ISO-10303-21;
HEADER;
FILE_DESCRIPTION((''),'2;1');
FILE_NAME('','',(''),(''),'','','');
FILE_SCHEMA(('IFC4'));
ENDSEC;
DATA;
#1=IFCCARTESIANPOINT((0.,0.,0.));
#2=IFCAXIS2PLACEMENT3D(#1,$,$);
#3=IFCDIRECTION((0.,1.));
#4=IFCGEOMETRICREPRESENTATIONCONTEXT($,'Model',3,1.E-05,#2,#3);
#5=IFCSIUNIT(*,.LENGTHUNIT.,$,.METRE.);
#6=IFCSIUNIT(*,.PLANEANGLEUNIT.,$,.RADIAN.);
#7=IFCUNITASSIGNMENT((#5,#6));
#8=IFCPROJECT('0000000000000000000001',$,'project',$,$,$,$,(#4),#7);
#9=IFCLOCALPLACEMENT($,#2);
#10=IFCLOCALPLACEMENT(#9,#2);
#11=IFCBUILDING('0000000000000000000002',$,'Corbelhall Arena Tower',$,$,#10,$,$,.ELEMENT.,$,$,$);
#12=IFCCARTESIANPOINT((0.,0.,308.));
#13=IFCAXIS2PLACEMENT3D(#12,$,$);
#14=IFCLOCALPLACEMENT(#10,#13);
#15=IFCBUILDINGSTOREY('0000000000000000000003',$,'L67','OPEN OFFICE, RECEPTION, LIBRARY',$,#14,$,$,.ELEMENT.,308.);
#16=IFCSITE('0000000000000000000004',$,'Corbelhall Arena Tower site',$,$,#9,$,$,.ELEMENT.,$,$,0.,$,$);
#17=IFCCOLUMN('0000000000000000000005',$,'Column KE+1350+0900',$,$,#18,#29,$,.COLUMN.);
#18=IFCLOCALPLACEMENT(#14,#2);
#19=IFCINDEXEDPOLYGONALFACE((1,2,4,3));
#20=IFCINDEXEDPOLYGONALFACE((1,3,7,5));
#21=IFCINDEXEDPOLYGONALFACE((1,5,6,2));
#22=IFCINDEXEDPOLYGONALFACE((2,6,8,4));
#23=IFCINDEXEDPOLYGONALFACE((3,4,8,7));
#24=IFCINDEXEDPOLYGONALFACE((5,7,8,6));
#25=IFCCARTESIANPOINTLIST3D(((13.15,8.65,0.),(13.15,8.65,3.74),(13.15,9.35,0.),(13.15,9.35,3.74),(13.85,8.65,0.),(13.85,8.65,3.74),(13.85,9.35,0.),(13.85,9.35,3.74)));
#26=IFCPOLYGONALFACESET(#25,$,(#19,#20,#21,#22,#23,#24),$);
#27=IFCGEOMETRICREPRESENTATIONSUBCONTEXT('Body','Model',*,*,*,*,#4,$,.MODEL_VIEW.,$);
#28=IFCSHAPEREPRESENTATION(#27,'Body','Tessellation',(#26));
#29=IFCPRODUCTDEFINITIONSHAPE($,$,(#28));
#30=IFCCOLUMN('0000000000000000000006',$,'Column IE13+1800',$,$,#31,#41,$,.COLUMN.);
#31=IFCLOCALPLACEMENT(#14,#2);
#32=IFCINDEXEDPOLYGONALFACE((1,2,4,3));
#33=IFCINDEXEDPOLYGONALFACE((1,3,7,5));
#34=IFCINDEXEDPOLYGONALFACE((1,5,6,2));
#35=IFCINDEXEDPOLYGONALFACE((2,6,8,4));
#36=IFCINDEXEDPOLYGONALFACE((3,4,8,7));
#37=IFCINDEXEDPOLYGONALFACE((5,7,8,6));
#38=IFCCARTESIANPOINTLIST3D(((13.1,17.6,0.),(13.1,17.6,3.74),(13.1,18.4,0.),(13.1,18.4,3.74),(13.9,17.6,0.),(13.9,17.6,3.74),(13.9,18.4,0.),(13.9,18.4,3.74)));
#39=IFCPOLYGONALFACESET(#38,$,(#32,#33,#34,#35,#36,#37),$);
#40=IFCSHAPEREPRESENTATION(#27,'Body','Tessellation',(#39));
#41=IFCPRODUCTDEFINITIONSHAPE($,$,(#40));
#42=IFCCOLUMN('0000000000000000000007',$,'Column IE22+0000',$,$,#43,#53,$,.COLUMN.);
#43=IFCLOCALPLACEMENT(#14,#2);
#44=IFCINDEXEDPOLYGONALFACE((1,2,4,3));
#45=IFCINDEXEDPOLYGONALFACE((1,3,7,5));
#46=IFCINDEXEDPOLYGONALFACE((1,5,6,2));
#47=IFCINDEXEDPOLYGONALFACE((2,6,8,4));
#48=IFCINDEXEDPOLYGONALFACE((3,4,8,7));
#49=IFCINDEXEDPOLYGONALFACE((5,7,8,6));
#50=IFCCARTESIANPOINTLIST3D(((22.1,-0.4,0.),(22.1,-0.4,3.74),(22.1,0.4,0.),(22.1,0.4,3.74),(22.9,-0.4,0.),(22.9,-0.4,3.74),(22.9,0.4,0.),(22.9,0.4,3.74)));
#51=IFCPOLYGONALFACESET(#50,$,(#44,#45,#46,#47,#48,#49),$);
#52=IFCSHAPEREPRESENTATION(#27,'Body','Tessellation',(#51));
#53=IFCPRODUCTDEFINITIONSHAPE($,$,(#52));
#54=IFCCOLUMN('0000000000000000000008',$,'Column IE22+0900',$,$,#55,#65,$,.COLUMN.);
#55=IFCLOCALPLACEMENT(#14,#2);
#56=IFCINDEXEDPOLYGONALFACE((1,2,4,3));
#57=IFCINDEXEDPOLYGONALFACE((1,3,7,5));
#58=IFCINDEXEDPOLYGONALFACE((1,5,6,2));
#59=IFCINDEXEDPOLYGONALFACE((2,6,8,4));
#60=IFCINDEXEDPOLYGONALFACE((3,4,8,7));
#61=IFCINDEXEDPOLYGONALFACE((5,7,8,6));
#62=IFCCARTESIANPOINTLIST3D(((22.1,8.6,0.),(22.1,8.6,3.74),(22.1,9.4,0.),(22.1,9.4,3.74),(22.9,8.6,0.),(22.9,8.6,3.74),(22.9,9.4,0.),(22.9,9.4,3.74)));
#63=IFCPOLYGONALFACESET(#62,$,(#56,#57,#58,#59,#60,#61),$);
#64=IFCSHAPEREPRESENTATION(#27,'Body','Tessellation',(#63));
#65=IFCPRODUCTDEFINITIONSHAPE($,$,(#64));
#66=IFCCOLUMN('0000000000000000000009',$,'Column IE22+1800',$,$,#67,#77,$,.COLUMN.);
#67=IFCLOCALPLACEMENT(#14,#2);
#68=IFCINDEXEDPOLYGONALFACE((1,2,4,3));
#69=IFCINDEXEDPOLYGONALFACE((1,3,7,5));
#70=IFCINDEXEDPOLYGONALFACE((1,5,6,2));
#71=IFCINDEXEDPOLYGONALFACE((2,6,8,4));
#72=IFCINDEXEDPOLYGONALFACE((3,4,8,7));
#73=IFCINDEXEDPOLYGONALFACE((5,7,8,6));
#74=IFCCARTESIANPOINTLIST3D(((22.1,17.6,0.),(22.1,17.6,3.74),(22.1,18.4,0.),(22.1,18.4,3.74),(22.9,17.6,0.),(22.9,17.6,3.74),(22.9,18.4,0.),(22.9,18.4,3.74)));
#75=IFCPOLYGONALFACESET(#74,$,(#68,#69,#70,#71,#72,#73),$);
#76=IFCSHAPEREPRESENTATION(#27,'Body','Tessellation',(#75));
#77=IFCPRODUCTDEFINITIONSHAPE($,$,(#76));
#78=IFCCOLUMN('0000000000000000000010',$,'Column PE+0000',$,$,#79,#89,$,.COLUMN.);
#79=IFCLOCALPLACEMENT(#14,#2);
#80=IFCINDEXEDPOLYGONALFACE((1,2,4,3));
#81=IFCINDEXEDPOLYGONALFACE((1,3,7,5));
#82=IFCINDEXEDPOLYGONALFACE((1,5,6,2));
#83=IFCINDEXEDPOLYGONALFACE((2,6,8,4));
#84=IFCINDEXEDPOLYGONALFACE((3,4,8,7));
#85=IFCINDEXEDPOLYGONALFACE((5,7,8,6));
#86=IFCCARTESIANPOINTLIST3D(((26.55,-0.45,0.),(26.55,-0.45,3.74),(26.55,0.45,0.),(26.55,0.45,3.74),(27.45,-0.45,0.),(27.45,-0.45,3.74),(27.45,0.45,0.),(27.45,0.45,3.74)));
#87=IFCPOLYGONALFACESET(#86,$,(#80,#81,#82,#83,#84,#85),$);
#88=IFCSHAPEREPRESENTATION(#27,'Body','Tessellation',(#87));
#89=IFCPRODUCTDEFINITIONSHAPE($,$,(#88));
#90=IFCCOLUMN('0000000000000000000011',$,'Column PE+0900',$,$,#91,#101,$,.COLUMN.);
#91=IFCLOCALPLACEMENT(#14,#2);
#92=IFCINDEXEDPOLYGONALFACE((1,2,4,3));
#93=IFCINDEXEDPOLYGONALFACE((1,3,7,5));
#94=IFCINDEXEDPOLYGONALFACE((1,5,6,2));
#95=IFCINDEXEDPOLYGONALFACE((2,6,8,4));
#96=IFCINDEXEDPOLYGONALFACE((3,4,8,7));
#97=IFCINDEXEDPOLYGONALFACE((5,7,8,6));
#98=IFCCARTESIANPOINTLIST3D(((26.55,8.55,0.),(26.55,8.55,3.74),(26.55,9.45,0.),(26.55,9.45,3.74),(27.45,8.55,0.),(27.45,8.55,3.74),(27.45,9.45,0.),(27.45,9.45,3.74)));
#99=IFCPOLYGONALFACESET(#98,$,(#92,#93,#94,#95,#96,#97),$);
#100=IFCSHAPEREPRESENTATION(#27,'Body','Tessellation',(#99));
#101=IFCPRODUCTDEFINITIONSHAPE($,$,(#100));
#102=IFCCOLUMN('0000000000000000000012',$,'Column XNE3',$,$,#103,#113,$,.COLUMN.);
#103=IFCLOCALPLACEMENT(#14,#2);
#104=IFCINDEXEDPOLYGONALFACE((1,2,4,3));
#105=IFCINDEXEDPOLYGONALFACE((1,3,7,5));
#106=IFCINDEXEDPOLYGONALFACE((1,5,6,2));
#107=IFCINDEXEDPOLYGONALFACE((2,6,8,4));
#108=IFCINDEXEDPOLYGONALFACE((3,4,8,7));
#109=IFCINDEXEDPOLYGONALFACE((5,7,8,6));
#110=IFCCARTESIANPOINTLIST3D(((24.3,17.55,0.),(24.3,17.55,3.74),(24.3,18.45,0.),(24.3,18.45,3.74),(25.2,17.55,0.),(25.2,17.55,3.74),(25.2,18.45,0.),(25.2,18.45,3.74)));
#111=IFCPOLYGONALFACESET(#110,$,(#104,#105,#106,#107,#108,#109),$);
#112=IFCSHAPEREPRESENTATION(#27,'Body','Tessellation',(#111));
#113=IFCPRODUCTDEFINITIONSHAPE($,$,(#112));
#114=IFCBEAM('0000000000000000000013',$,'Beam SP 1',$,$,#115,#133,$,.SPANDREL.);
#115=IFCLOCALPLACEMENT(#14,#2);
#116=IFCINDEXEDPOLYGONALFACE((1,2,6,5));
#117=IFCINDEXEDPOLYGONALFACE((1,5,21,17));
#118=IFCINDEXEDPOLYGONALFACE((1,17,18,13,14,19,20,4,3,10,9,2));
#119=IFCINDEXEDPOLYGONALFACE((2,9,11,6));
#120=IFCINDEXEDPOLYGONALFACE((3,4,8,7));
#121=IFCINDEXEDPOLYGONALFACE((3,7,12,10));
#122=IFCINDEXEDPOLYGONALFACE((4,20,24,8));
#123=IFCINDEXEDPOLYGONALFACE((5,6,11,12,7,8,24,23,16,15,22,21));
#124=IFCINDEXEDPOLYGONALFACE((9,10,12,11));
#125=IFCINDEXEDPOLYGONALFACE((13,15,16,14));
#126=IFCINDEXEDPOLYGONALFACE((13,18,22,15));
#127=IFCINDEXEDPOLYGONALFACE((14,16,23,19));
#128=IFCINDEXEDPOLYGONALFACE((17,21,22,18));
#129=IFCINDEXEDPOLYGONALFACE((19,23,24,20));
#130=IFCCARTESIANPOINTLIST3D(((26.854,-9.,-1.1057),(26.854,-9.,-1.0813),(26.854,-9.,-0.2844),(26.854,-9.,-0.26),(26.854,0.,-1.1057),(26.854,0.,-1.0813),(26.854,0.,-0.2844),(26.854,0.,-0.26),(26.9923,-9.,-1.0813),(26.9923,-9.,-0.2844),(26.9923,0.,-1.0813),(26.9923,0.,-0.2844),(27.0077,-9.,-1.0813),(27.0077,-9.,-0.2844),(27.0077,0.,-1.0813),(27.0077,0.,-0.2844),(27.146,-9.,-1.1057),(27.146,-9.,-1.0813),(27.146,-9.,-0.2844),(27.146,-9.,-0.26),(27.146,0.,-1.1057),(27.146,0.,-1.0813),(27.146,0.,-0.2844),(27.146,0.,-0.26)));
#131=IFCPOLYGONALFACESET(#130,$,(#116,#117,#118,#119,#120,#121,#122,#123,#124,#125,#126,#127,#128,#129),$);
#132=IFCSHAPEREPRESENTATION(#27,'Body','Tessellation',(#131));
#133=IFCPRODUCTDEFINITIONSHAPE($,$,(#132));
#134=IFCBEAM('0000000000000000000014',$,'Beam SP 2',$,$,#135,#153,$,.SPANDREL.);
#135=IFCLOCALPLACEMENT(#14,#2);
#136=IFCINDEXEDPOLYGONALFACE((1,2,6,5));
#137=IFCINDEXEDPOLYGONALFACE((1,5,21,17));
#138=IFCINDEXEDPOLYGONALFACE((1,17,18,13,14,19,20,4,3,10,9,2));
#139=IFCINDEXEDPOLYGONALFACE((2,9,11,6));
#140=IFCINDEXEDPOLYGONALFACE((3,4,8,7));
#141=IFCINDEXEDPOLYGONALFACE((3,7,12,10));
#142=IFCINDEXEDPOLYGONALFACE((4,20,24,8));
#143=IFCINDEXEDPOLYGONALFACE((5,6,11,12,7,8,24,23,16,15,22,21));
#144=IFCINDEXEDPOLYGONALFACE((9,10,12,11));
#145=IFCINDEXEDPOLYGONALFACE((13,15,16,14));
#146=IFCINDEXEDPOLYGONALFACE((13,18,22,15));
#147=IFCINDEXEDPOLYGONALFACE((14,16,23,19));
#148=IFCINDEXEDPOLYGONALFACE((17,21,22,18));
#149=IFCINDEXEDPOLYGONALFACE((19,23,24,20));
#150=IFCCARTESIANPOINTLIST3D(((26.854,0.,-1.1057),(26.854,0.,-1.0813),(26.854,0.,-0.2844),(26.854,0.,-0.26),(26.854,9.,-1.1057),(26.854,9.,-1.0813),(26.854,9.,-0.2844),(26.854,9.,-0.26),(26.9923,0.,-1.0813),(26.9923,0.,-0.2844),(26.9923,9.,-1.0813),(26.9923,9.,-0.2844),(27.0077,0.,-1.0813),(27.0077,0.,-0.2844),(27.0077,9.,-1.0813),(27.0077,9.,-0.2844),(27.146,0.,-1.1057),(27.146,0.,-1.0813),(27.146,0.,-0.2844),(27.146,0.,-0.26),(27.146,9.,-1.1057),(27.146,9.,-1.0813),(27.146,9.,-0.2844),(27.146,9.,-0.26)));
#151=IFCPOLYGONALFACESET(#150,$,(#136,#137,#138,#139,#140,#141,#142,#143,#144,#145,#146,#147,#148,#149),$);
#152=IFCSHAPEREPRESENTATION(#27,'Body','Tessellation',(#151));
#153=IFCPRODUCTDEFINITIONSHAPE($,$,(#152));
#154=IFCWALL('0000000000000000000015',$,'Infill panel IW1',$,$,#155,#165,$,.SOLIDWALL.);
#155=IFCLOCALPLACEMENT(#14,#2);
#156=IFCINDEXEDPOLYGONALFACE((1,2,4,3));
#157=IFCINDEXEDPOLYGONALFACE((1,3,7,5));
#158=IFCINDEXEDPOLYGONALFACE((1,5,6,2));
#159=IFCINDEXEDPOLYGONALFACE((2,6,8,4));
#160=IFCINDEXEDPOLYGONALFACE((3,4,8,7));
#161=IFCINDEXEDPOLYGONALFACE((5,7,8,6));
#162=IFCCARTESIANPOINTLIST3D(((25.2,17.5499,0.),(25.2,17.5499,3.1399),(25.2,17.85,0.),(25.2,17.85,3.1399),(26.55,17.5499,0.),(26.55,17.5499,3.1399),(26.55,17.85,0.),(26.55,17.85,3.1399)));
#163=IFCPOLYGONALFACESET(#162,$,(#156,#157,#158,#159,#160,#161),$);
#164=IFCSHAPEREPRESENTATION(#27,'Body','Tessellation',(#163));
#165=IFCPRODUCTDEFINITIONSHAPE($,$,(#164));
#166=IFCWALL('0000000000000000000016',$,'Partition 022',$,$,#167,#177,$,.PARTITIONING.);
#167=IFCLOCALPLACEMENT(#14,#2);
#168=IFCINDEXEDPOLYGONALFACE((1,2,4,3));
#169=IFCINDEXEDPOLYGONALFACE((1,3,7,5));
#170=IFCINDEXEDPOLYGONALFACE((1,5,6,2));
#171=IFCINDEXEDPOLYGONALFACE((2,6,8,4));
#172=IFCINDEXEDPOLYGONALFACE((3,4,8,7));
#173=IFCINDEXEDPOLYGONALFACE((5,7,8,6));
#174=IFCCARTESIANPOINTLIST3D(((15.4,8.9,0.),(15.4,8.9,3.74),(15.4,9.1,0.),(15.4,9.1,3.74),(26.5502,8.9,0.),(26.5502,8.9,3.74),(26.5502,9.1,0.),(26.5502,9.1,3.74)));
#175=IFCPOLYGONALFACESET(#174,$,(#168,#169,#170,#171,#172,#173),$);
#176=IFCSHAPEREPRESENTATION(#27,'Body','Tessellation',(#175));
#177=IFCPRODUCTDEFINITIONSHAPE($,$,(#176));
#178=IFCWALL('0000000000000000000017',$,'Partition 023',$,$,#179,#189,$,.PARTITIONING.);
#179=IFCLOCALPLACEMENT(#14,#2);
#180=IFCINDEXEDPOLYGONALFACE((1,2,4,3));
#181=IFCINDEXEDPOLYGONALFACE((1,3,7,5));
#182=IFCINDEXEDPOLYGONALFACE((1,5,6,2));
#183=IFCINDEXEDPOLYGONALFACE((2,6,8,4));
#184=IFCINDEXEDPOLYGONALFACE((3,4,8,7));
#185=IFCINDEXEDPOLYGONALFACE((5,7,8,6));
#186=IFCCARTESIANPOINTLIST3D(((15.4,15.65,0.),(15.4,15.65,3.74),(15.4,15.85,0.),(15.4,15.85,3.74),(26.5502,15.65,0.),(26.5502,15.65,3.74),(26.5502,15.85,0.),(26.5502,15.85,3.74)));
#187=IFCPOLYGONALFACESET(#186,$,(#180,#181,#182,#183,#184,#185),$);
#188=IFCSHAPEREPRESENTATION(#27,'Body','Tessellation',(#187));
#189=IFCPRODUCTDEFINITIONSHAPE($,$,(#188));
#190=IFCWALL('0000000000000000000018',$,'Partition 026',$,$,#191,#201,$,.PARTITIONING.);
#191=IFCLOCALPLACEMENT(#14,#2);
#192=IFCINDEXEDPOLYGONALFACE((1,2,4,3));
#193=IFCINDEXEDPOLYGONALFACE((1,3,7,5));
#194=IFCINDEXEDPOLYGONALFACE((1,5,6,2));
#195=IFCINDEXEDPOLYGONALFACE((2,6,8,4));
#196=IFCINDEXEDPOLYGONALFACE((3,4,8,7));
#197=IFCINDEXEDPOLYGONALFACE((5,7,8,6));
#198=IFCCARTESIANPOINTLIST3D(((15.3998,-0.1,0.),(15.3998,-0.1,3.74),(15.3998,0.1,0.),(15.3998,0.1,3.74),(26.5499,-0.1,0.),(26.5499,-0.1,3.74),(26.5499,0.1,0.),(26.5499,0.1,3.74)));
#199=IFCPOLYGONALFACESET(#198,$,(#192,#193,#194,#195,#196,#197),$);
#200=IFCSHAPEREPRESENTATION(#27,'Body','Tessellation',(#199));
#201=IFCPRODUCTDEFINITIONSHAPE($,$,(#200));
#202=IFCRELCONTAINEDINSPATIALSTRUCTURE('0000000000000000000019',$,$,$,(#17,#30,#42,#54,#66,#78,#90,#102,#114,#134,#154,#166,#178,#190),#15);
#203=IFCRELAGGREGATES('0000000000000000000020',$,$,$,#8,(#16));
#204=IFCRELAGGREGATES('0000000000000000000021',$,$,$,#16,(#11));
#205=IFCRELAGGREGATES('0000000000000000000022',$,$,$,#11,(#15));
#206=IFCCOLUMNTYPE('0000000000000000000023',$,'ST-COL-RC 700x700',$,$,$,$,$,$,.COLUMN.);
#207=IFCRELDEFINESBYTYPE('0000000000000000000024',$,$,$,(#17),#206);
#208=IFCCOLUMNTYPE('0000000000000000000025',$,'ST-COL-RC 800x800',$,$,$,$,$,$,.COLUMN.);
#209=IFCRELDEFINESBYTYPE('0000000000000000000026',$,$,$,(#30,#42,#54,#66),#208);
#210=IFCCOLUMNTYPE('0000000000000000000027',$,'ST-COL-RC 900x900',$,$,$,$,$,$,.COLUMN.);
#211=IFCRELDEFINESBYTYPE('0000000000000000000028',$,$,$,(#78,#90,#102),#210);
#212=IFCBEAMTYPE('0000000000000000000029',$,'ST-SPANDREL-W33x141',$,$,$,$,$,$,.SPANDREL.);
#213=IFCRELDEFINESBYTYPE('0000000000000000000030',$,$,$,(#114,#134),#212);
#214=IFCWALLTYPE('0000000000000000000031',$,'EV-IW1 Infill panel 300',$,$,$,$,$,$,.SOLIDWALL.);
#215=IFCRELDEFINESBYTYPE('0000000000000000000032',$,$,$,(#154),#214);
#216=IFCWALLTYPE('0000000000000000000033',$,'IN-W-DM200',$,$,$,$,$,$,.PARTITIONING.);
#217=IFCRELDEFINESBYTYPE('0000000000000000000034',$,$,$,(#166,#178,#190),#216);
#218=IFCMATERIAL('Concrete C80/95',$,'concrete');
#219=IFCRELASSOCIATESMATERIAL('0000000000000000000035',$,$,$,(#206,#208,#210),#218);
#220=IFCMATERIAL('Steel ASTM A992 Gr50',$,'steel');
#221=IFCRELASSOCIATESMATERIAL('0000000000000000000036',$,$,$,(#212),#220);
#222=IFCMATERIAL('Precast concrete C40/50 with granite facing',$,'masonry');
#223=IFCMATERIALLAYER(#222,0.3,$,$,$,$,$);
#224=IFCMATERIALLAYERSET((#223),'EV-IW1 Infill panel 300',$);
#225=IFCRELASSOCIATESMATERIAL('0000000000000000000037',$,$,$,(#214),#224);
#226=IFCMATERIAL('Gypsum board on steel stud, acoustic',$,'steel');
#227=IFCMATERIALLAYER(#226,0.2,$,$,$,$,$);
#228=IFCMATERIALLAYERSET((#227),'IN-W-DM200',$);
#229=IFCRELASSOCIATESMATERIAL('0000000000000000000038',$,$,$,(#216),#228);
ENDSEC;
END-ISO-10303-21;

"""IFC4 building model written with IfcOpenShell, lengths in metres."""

from ifc_helpers import new_model, si_unit, direction, frame, frame_2d, origin, origin_2d, place, context, subcontext, project, spatial, rectangle, i_section, extrude, material, layer, layer_set, material_profile, profile_set, type_object, element, save


model = new_model("IFC4")

# Units and contexts
model_context = context("Model", 3, precision=1e-05, world=origin(), true_north=direction((0.0, 1.0)))
body_context = subcontext(model_context, "Body", "Model", "MODEL_VIEW")
ifc_project = project(units=[si_unit("LENGTHUNIT", "METRE"), si_unit("PLANEANGLEUNIT", "RADIAN")], contexts=[model_context])

# Site, building, storey
site_placement = place(None, origin())
site = spatial("IfcSite", under=ifc_project, at=site_placement, Name="Corbelhall Arena Tower site", CompositionType="ELEMENT", RefElevation=0.0)
building_placement = place(site_placement, origin())
building = spatial("IfcBuilding", under=site, at=building_placement, Name="Corbelhall Arena Tower", CompositionType="ELEMENT")
storey_placement = place(building_placement, frame((0.0, 0.0, 308.0)))
storey = spatial("IfcBuildingStorey", under=building, at=storey_placement, Name="L67", Description="OPEN OFFICE, RECEPTION, LIBRARY", CompositionType="ELEMENT", Elevation=308.0)

# Columns
ifc_material_1 = material(Name="Concrete C80/95", Category="concrete")
ifc_material_profile_1 = material_profile(ifc_material_1, rectangle(XDim=0.7, YDim=0.7, at=origin_2d()))
ifc_profile_set_1 = profile_set([ifc_material_profile_1], Name="Concrete C80/95")
column_type_1 = type_object("IfcColumnType", Name="ST-COL-RC 700x700", PredefinedType="COLUMN", material=ifc_profile_set_1)
column_placement = place(storey_placement, frame((13.5, 9.0, 0.0), z_axis=(0.0, 0.0, 1.0), x_axis=(1.0, 0.0, 0.0)))
element("IfcColumn", 1, at=column_placement, inside=storey, type_object=column_type_1, Name="Column KE+1350+0900", PredefinedType="COLUMN", context=body_context, shape_type="SweptSolid", body=[
    extrude(rectangle(XDim=0.7, YDim=0.7, at=origin_2d()), origin(), (0.0, 0.0, 1.0), 3.74),
])
ifc_material_profile_2 = material_profile(ifc_material_1, rectangle(XDim=0.8, YDim=0.8, at=origin_2d()))
ifc_profile_set_2 = profile_set([ifc_material_profile_2], Name="Concrete C80/95")
column_type_2 = type_object("IfcColumnType", Name="ST-COL-RC 800x800", PredefinedType="COLUMN", material=ifc_profile_set_2)
for number, where, z_axis, x_axis, name in (
    (2, (13.5, 18.0, 0.0), (0.0, 0.0, 1.0), (1.0, 0.0, 0.0), "Column IE13+1800"),
    (3, (22.5, 0.0, 0.0), (0.0, 0.0, 1.0), (1.0, 0.0, 0.0), "Column IE22+0000"),
    (4, (22.5, 9.0, 0.0), (0.0, 0.0, 1.0), (1.0, 0.0, 0.0), "Column IE22+0900"),
    (5, (22.5, 18.0, 0.0), (0.0, 0.0, 1.0), (1.0, 0.0, 0.0), "Column IE22+1800"),
):
    element("IfcColumn", number, at=place(storey_placement, frame(where, z_axis=z_axis, x_axis=x_axis)), inside=storey, type_object=column_type_2, Name=name, PredefinedType="COLUMN", context=body_context, shape_type="SweptSolid", body=[
        extrude(rectangle(XDim=0.8, YDim=0.8, at=origin_2d()), origin(), (0.0, 0.0, 1.0), 3.74),
    ])
ifc_material_profile_3 = material_profile(ifc_material_1, rectangle(XDim=0.8999, YDim=0.8999, at=origin_2d()))
ifc_profile_set_3 = profile_set([ifc_material_profile_3], Name="Concrete C80/95")
column_type_3 = type_object("IfcColumnType", Name="ST-COL-RC 900x900", PredefinedType="COLUMN", material=ifc_profile_set_3)
for number, where, z_axis, x_axis, name in (
    (6, (27.0, 0.0, 0.0), (0.0, 0.0, 1.0), (0.0, 1.0, 0.0), "Column PE+0000"),
    (7, (27.0, 9.0, 0.0), (0.0, 0.0, 1.0), (0.0, 1.0, 0.0), "Column PE+0900"),
    (8, (24.75, 18.0, 0.0), (0.0, 0.0, 1.0), (1.0, 0.0, 0.0), "Column XNE3"),
):
    element("IfcColumn", number, at=place(storey_placement, frame(where, z_axis=z_axis, x_axis=x_axis)), inside=storey, type_object=column_type_3, Name=name, PredefinedType="COLUMN", context=body_context, shape_type="SweptSolid", body=[
        extrude(rectangle(XDim=0.8999, YDim=0.8999, at=origin_2d()), origin(), (0.0, 0.0, 1.0), 3.74),
    ])

# Beams
ifc_material_2 = material(Name="Steel ASTM A992 Gr50", Category="steel")
ifc_material_profile_4 = material_profile(ifc_material_2, i_section(OverallWidth=0.292, OverallDepth=0.8457, WebThickness=0.0154, FlangeThickness=0.0244, at=origin_2d()))
ifc_profile_set_4 = profile_set([ifc_material_profile_4], Name="Steel ASTM A992 Gr50")
beam_type = type_object("IfcBeamType", Name="ST-SPANDREL-W33x141", PredefinedType="SPANDREL", material=ifc_profile_set_4)
for number, where, z_axis, x_axis, name in (
    (9, (27.0, 0.0, -0.6829), (0.0, -1.0, 0.0), (1.0, 0.0, 0.0), "Beam SP 1"),
    (10, (27.0, 9.0, -0.6829), (0.0, -1.0, 0.0), (1.0, 0.0, 0.0), "Beam SP 2"),
):
    element("IfcBeam", number, at=place(storey_placement, frame(where, z_axis=z_axis, x_axis=x_axis)), inside=storey, type_object=beam_type, Name=name, PredefinedType="SPANDREL", context=body_context, shape_type="SweptSolid", body=[
        extrude(i_section(OverallWidth=0.292, OverallDepth=0.8457, WebThickness=0.0154, FlangeThickness=0.0244, at=origin_2d()), origin(), (0.0, 0.0, 1.0), 9.0),
    ])

# Shared definitions
ifc_material_3 = material(Name="Precast concrete C40/50 with granite facing", Category="masonry")
ifc_layer_1 = layer(ifc_material_3, 0.3)
ifc_layer_set_1 = layer_set([ifc_layer_1], Name="EV-IW1 Infill panel 300")
wall_type_1 = type_object("IfcWallType", Name="EV-IW1 Infill panel 300", PredefinedType="SOLIDWALL", material=ifc_layer_set_1)

# Wall
wall_1_placement = place(storey_placement, frame((26.55, 17.7, 0.0), z_axis=(0.0, 0.0, 1.0), x_axis=(-1.0, 0.0, 0.0)))
element("IfcWall", 11, at=wall_1_placement, inside=storey, type_object=wall_type_1, Name="Infill panel IW1", PredefinedType="SOLIDWALL", context=body_context, shape_type="SweptSolid", body=[
    extrude(rectangle(XDim=1.3501, YDim=0.3, at=frame_2d((0.675, 0.0))), origin(), (0.0, 0.0, 1.0), 3.1399),
])

# Shared definitions
ifc_material_4 = material(Name="Gypsum board on steel stud, acoustic", Category="steel")
ifc_layer_2 = layer(ifc_material_4, 0.2)
ifc_layer_set_2 = layer_set([ifc_layer_2], Name="IN-W-DM200")
wall_type_2 = type_object("IfcWallType", Name="IN-W-DM200", PredefinedType="PARTITIONING", material=ifc_layer_set_2)

# Walls
for number, where, z_axis, x_axis, name in (
    (12, (15.3999, 9.0, 0.0), (0.0, 0.0, 1.0), (1.0, 0.0, 0.0), "Partition 022"),
    (13, (15.3999, 15.75, 0.0), (0.0, 0.0, 1.0), (1.0, 0.0, 0.0), "Partition 023"),
):
    element("IfcWall", number, at=place(storey_placement, frame(where, z_axis=z_axis, x_axis=x_axis)), inside=storey, type_object=wall_type_2, Name=name, PredefinedType="PARTITIONING", context=body_context, shape_type="SweptSolid", body=[
        extrude(rectangle(XDim=11.1501, YDim=0.2, at=frame_2d((5.5752, 0.0))), origin(), (0.0, 0.0, 1.0), 3.74),
    ])

# Wall
wall_2_placement = place(storey_placement, frame((26.55, 0.0, 0.0), z_axis=(0.0, 0.0, 1.0), x_axis=(-1.0, 0.0, 0.0)))
element("IfcWall", 14, at=wall_2_placement, inside=storey, type_object=wall_type_2, Name="Partition 026", PredefinedType="PARTITIONING", context=body_context, shape_type="SweptSolid", body=[
    extrude(rectangle(XDim=11.1501, YDim=0.2, at=frame_2d((5.5752, 0.0))), origin(), (0.0, 0.0, 1.0), 3.74),
])

save(model, "model.ifc")
